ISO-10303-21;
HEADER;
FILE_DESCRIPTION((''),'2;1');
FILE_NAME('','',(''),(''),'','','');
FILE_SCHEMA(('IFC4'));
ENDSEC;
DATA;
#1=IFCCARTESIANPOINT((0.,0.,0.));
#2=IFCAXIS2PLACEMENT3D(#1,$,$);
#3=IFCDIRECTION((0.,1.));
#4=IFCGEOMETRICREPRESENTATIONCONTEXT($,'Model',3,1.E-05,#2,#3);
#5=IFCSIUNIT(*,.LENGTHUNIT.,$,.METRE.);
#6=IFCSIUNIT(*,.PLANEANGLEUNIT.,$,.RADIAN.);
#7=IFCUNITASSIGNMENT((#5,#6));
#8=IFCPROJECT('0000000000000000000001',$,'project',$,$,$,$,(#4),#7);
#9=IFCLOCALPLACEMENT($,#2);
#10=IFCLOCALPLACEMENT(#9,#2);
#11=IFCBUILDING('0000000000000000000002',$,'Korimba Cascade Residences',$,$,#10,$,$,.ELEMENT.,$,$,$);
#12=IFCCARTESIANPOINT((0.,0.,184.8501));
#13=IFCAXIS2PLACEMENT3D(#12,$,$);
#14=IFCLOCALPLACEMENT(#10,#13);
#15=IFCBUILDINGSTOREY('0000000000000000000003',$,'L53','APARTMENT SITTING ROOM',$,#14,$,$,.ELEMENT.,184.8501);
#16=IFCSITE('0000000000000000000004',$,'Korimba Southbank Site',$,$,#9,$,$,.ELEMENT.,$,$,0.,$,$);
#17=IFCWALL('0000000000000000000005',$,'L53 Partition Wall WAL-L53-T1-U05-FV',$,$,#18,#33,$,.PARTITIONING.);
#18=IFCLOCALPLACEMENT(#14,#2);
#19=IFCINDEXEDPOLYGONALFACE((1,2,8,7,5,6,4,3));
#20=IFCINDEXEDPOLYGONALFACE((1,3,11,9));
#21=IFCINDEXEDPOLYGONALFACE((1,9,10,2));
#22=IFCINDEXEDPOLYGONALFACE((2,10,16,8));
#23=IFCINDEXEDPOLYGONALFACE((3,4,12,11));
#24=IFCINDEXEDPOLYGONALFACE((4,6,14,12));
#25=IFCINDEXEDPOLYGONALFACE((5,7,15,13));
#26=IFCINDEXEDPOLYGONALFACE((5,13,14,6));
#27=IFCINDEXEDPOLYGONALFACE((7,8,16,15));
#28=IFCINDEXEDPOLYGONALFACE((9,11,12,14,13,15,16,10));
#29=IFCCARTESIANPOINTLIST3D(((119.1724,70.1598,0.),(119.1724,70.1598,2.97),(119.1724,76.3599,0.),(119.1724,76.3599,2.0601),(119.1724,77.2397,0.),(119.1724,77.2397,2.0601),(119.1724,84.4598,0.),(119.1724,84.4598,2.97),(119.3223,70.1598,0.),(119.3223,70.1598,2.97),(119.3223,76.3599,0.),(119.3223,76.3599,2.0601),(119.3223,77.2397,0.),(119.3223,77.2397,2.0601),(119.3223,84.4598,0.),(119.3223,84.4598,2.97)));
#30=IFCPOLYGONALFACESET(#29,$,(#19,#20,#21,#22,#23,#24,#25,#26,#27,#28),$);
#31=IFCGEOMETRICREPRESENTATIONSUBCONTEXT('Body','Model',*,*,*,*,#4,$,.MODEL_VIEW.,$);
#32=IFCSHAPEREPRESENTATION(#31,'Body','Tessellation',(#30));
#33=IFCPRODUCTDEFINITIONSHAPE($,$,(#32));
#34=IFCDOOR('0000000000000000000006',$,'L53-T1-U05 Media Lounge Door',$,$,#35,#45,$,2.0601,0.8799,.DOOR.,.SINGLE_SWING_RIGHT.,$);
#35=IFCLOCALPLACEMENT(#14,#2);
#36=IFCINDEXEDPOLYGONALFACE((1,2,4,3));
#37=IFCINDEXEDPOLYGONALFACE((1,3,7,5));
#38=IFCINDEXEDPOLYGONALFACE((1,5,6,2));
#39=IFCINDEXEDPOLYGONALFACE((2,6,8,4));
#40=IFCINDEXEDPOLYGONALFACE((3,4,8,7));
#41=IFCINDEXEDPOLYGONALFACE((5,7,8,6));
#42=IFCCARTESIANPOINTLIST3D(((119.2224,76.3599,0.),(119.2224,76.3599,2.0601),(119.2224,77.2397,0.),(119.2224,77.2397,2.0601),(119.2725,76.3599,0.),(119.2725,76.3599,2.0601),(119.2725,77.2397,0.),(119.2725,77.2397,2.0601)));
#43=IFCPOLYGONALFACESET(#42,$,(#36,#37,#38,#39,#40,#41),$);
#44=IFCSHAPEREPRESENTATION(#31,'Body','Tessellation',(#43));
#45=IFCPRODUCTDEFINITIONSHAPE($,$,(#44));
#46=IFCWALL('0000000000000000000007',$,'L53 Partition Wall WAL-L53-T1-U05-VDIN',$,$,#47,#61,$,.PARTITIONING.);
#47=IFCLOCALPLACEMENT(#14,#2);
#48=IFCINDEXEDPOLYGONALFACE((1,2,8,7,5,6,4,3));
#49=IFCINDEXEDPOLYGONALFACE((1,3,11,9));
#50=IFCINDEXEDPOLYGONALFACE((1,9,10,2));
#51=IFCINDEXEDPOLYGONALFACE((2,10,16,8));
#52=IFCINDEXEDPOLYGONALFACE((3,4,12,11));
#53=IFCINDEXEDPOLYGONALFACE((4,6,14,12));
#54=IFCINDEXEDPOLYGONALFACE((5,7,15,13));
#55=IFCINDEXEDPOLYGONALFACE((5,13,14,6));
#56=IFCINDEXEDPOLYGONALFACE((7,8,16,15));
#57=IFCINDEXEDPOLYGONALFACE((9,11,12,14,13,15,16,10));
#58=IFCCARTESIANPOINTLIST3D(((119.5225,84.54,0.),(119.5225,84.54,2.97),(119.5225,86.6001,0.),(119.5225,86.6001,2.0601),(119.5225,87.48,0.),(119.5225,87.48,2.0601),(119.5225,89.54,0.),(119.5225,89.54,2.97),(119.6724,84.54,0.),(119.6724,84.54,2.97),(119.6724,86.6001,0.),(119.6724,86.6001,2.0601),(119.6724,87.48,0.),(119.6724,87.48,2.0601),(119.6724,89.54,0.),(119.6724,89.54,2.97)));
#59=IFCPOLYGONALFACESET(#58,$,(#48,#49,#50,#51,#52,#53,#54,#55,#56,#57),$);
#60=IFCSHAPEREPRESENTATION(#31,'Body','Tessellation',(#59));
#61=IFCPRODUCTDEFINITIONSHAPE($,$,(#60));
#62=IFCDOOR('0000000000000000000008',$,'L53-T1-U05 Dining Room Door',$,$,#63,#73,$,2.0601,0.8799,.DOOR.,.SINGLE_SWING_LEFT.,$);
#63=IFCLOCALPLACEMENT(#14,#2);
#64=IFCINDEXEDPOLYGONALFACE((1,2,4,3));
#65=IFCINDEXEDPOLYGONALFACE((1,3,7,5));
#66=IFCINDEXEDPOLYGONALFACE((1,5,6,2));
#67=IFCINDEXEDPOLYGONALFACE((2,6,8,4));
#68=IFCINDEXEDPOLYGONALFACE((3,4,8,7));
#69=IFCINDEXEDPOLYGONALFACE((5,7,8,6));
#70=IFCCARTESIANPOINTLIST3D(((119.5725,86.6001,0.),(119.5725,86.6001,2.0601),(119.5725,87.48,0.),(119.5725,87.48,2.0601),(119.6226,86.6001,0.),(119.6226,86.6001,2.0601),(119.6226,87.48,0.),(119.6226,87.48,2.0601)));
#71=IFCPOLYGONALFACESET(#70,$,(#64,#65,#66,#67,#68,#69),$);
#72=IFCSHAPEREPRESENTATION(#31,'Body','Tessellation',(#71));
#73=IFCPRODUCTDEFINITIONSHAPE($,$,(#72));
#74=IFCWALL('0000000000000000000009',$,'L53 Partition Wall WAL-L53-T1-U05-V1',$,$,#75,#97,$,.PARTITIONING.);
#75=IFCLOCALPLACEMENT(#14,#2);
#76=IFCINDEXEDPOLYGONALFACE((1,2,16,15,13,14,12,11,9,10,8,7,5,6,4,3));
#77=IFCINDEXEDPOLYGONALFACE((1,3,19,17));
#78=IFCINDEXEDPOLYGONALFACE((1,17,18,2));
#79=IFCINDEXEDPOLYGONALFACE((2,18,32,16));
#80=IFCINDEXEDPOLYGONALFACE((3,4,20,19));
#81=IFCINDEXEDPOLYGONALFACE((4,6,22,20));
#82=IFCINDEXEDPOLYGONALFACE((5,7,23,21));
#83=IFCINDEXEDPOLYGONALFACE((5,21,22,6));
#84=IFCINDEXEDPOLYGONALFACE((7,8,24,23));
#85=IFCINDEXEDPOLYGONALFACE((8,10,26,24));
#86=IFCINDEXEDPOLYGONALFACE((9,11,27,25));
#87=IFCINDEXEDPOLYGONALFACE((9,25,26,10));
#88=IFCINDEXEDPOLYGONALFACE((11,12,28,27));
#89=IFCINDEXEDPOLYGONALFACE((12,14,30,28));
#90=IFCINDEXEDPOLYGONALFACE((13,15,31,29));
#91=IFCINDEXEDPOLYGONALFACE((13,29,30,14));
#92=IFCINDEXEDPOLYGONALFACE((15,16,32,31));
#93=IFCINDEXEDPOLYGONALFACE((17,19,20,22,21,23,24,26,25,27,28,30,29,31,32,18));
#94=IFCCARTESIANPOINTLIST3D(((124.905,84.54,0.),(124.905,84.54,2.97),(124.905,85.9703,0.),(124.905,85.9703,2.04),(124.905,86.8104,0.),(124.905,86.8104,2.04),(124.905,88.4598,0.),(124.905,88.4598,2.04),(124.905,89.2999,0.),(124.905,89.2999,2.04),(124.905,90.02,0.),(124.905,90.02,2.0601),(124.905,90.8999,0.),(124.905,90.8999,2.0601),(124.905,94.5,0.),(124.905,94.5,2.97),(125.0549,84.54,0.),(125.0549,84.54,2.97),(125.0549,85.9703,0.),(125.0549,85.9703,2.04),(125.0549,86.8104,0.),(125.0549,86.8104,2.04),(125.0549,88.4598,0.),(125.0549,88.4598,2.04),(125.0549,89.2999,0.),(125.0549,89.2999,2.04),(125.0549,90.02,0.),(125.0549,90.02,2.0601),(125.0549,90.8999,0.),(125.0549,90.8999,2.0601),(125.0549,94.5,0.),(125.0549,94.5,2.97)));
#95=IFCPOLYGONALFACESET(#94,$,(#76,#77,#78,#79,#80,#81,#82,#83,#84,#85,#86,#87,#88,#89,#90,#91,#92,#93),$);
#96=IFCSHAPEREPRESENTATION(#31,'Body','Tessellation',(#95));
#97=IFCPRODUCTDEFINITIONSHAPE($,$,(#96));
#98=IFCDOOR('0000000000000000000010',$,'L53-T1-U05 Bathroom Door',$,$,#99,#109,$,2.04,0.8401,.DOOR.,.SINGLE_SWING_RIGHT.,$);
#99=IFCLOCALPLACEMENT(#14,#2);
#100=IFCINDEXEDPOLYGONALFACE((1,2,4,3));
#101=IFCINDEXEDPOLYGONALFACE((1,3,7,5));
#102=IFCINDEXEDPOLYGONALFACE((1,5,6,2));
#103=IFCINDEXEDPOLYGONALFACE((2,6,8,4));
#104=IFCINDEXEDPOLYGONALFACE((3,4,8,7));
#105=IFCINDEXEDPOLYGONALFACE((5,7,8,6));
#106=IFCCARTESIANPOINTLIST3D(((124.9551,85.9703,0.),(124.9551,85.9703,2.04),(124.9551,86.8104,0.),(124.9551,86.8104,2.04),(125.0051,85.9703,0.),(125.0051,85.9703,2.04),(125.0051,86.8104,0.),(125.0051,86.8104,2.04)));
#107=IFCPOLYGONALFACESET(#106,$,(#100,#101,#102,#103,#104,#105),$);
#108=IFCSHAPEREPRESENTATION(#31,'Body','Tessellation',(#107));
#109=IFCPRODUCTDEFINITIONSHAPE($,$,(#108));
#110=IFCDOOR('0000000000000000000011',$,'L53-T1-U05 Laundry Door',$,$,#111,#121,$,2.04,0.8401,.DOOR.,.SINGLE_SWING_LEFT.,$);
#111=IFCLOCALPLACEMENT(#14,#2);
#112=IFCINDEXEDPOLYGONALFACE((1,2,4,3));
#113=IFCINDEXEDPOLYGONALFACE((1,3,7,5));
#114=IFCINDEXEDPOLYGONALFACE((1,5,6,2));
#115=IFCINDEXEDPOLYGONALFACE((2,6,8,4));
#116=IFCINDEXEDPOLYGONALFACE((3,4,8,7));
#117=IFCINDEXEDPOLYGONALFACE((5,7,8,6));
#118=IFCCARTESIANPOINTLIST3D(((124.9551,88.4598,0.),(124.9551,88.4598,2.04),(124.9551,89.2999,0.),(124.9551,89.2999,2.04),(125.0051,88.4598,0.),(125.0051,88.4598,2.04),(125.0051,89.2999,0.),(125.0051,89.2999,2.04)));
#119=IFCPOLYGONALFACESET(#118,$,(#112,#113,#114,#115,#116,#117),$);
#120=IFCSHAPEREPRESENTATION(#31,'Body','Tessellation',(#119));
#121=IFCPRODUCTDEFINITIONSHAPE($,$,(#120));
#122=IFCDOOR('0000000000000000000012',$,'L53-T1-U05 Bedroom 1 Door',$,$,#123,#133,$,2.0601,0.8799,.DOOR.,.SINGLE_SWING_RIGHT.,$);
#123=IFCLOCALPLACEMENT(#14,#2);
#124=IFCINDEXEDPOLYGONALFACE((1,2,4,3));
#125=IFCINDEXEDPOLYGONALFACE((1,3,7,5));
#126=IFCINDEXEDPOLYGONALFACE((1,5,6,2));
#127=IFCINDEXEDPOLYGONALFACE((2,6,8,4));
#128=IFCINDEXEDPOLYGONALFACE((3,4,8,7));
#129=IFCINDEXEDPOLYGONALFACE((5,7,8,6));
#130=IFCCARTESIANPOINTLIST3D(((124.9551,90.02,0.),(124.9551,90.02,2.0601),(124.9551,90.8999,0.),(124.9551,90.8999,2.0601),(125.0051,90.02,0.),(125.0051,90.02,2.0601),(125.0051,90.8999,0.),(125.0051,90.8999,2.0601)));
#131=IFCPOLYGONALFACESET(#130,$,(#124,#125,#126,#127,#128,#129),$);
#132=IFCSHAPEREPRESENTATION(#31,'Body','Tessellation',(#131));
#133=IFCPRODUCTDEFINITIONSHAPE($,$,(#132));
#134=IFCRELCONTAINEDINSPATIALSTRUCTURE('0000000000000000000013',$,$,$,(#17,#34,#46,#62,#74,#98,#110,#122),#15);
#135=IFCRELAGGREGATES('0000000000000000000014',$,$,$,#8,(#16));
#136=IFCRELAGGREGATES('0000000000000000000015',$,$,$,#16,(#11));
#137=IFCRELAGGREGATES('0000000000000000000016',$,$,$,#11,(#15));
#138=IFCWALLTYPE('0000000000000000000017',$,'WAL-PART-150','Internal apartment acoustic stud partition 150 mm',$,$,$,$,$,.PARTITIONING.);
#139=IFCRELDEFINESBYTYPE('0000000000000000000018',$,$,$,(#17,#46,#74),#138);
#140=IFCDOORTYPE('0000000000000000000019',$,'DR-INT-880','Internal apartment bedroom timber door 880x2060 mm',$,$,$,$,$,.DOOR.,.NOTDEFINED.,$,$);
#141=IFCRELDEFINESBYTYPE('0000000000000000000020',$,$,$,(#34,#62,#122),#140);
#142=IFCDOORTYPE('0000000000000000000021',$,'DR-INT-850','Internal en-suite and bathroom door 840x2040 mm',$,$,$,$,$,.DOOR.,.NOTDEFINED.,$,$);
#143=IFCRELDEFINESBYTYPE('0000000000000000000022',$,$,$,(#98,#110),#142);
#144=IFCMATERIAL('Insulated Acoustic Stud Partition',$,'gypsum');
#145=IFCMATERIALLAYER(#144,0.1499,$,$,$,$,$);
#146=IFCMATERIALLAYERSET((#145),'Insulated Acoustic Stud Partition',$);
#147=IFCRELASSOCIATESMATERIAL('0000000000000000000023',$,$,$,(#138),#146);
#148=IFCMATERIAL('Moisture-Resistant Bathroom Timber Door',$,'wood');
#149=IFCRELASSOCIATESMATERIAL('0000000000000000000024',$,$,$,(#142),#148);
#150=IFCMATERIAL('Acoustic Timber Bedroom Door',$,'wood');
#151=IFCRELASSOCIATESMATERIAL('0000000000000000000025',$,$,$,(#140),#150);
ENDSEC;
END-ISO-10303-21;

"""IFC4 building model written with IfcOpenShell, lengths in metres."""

from ifc_helpers import new_model, si_unit, direction, frame, frame_2d, origin, place, context, subcontext, project, spatial, rectangle, extrude, material, layer, layer_set, type_object, element, fill, save


model = new_model("IFC4")

# Units and contexts
model_context = context("Model", 3, precision=1e-05, world=origin(), true_north=direction((0.0, 1.0)))
body_context = subcontext(model_context, "Body", "Model", "MODEL_VIEW")
ifc_project = project(units=[si_unit("LENGTHUNIT", "METRE"), si_unit("PLANEANGLEUNIT", "RADIAN")], contexts=[model_context])

# Site, building, storey
site_placement = place(None, origin())
site = spatial("IfcSite", under=ifc_project, at=site_placement, Name="Korimba Southbank Site", CompositionType="ELEMENT", RefElevation=0.0)
building_placement = place(site_placement, origin())
building = spatial("IfcBuilding", under=site, at=building_placement, Name="Korimba Cascade Residences", CompositionType="ELEMENT")
storey_placement = place(building_placement, frame((0.0, 0.0, 184.8501)))
storey = spatial("IfcBuildingStorey", under=building, at=storey_placement, Name="L53", Description="APARTMENT SITTING ROOM", CompositionType="ELEMENT", Elevation=184.8501)

# Walls, openings, doors
ifc_material_1 = material(Name="Insulated Acoustic Stud Partition", Category="gypsum")
ifc_layer_1 = layer(ifc_material_1, 0.1499)
ifc_layer_set_1 = layer_set([ifc_layer_1], Name="Insulated Acoustic Stud Partition")
wall_type_1 = type_object("IfcWallType", Name="WAL-PART-150", Description="Internal apartment acoustic stud partition 150 mm", PredefinedType="PARTITIONING", material=ifc_layer_set_1)
ifc_material_2 = material(Name="Moisture-Resistant Bathroom Timber Door", Category="wood")
door_type_1 = type_object("IfcDoorType", Name="DR-INT-850", Description="Internal en-suite and bathroom door 840x2040 mm", OperationType="NOTDEFINED", PredefinedType="DOOR", material=ifc_material_2)
ifc_material_3 = material(Name="Acoustic Timber Bedroom Door", Category="wood")
door_type_2 = type_object("IfcDoorType", Name="DR-INT-880", Description="Internal apartment bedroom timber door 880x2060 mm", OperationType="NOTDEFINED", PredefinedType="DOOR", material=ifc_material_3)
wall_1_placement = place(storey_placement, frame((119.2473, 70.1599, 0.0), z_axis=(0.0, 0.0, 1.0), x_axis=(0.0, 1.0, 0.0)))
wall_1 = element("IfcWall", 1, at=wall_1_placement, inside=storey, type_object=wall_type_1, Name="L53 Partition Wall WAL-L53-T1-U05-FV", PredefinedType="PARTITIONING", context=body_context, shape_type="SweptSolid", body=[
    extrude(rectangle(XDim=14.3, YDim=0.1499, at=frame_2d((7.1499, 0.0))), origin(), (0.0, 0.0, 1.0), 2.97),
])
opening_1_placement = place(wall_1_placement, frame((6.2, 0.0, 0.0)))
opening_1 = element("IfcOpeningElement", 2, at=opening_1_placement, cuts=wall_1, PredefinedType="OPENING", context=body_context, shape_type="SweptSolid", body=[
    extrude(rectangle(XDim=0.8799, YDim=2.0601, at=frame_2d((0.4399, 1.03))), frame((0.0, 0.085, 0.0), z_axis=(0.0, -1.0, 0.0), x_axis=(1.0, 0.0, 0.0)), (0.0, 0.0, 1.0), 0.1699),
])
door_1_placement = place(opening_1_placement, origin())
door_1 = element("IfcDoor", 3, at=door_1_placement, inside=storey, type_object=door_type_2, Name="L53-T1-U05 Media Lounge Door", OperationType="SINGLE_SWING_RIGHT", OverallHeight=2.0601, OverallWidth=0.8799, PredefinedType="DOOR", context=body_context, shape_type="SweptSolid", body=[
    extrude(rectangle(XDim=0.8799, YDim=2.0601, at=frame_2d((0.4399, 1.03))), frame((0.0, 0.0249, 0.0), z_axis=(0.0, -1.0, 0.0), x_axis=(1.0, 0.0, 0.0)), (0.0, 0.0, 1.0), 0.05),
])
fill(opening_1, door_1)
wall_2_placement = place(storey_placement, frame((119.5974, 84.54, 0.0), z_axis=(0.0, 0.0, 1.0), x_axis=(0.0, 1.0, 0.0)))
wall_2 = element("IfcWall", 4, at=wall_2_placement, inside=storey, type_object=wall_type_1, Name="L53 Partition Wall WAL-L53-T1-U05-VDIN", PredefinedType="PARTITIONING", context=body_context, shape_type="SweptSolid", body=[
    extrude(rectangle(XDim=5.0, YDim=0.1499, at=frame_2d((2.5, 0.0))), origin(), (0.0, 0.0, 1.0), 2.97),
])
opening_2_placement = place(wall_2_placement, frame((2.0601, 0.0, 0.0)))
opening_2 = element("IfcOpeningElement", 5, at=opening_2_placement, cuts=wall_2, PredefinedType="OPENING", context=body_context, shape_type="SweptSolid", body=[
    extrude(rectangle(XDim=0.8799, YDim=2.0601, at=frame_2d((0.4399, 1.03))), frame((0.0, 0.085, 0.0), z_axis=(0.0, -1.0, 0.0), x_axis=(1.0, 0.0, 0.0)), (0.0, 0.0, 1.0), 0.1699),
])
door_2_placement = place(opening_2_placement, origin())
door_2 = element("IfcDoor", 6, at=door_2_placement, inside=storey, type_object=door_type_2, Name="L53-T1-U05 Dining Room Door", OperationType="SINGLE_SWING_LEFT", OverallHeight=2.0601, OverallWidth=0.8799, PredefinedType="DOOR", context=body_context, shape_type="SweptSolid", body=[
    extrude(rectangle(XDim=0.8799, YDim=2.0601, at=frame_2d((0.4399, 1.03))), frame((0.0, 0.0249, 0.0), z_axis=(0.0, -1.0, 0.0), x_axis=(1.0, 0.0, 0.0)), (0.0, 0.0, 1.0), 0.05),
])
fill(opening_2, door_2)

# Wall, openings, doors
wall_3_placement = place(storey_placement, frame((124.98, 84.54, 0.0), z_axis=(0.0, 0.0, 1.0), x_axis=(0.0, 1.0, 0.0)))
wall_3 = element("IfcWall", 7, at=wall_3_placement, inside=storey, type_object=wall_type_1, Name="L53 Partition Wall WAL-L53-T1-U05-V1", PredefinedType="PARTITIONING", context=body_context, shape_type="SweptSolid", body=[
    extrude(rectangle(XDim=9.96, YDim=0.1499, at=frame_2d((4.98, 0.0))), origin(), (0.0, 0.0, 1.0), 2.97),
])
opening_3_placement = place(wall_3_placement, frame((1.4304, 0.0, 0.0)))
opening_3 = element("IfcOpeningElement", 8, at=opening_3_placement, cuts=wall_3, PredefinedType="OPENING", context=body_context, shape_type="SweptSolid", body=[
    extrude(rectangle(XDim=0.8401, YDim=2.04, at=frame_2d((0.4199, 1.02))), frame((0.0, 0.085, 0.0), z_axis=(0.0, -1.0, 0.0), x_axis=(1.0, 0.0, 0.0)), (0.0, 0.0, 1.0), 0.1699),
])
opening_4_placement = place(wall_3_placement, frame((3.9199, 0.0, 0.0)))
opening_4 = element("IfcOpeningElement", 9, at=opening_4_placement, cuts=wall_3, PredefinedType="OPENING", context=body_context, shape_type="SweptSolid", body=[
    extrude(rectangle(XDim=0.8401, YDim=2.04, at=frame_2d((0.4199, 1.02))), frame((0.0, 0.085, 0.0), z_axis=(0.0, -1.0, 0.0), x_axis=(1.0, 0.0, 0.0)), (0.0, 0.0, 1.0), 0.1699),
])
opening_5_placement = place(wall_3_placement, frame((5.48, 0.0, 0.0)))
opening_5 = element("IfcOpeningElement", 10, at=opening_5_placement, cuts=wall_3, PredefinedType="OPENING", context=body_context, shape_type="SweptSolid", body=[
    extrude(rectangle(XDim=0.8799, YDim=2.0601, at=frame_2d((0.4399, 1.03))), frame((0.0, 0.085, 0.0), z_axis=(0.0, -1.0, 0.0), x_axis=(1.0, 0.0, 0.0)), (0.0, 0.0, 1.0), 0.1699),
])
door_3_placement = place(opening_3_placement, origin())
door_3 = element("IfcDoor", 11, at=door_3_placement, inside=storey, type_object=door_type_1, Name="L53-T1-U05 Bathroom Door", OperationType="SINGLE_SWING_RIGHT", OverallHeight=2.04, OverallWidth=0.8401, PredefinedType="DOOR", context=body_context, shape_type="SweptSolid", body=[
    extrude(rectangle(XDim=0.8401, YDim=2.04, at=frame_2d((0.4199, 1.02))), frame((0.0, 0.0249, 0.0), z_axis=(0.0, -1.0, 0.0), x_axis=(1.0, 0.0, 0.0)), (0.0, 0.0, 1.0), 0.05),
])
fill(opening_3, door_3)
door_4_placement = place(opening_4_placement, origin())
door_4 = element("IfcDoor", 12, at=door_4_placement, inside=storey, type_object=door_type_1, Name="L53-T1-U05 Laundry Door", OperationType="SINGLE_SWING_LEFT", OverallHeight=2.04, OverallWidth=0.8401, PredefinedType="DOOR", context=body_context, shape_type="SweptSolid", body=[
    extrude(rectangle(XDim=0.8401, YDim=2.04, at=frame_2d((0.4199, 1.02))), frame((0.0, 0.0249, 0.0), z_axis=(0.0, -1.0, 0.0), x_axis=(1.0, 0.0, 0.0)), (0.0, 0.0, 1.0), 0.05),
])
fill(opening_4, door_4)
door_5_placement = place(opening_5_placement, origin())
door_5 = element("IfcDoor", 13, at=door_5_placement, inside=storey, type_object=door_type_2, Name="L53-T1-U05 Bedroom 1 Door", OperationType="SINGLE_SWING_RIGHT", OverallHeight=2.0601, OverallWidth=0.8799, PredefinedType="DOOR", context=body_context, shape_type="SweptSolid", body=[
    extrude(rectangle(XDim=0.8799, YDim=2.0601, at=frame_2d((0.4399, 1.03))), frame((0.0, 0.0249, 0.0), z_axis=(0.0, -1.0, 0.0), x_axis=(1.0, 0.0, 0.0)), (0.0, 0.0, 1.0), 0.05),
])
fill(opening_5, door_5)

save(model, "model.ifc")
